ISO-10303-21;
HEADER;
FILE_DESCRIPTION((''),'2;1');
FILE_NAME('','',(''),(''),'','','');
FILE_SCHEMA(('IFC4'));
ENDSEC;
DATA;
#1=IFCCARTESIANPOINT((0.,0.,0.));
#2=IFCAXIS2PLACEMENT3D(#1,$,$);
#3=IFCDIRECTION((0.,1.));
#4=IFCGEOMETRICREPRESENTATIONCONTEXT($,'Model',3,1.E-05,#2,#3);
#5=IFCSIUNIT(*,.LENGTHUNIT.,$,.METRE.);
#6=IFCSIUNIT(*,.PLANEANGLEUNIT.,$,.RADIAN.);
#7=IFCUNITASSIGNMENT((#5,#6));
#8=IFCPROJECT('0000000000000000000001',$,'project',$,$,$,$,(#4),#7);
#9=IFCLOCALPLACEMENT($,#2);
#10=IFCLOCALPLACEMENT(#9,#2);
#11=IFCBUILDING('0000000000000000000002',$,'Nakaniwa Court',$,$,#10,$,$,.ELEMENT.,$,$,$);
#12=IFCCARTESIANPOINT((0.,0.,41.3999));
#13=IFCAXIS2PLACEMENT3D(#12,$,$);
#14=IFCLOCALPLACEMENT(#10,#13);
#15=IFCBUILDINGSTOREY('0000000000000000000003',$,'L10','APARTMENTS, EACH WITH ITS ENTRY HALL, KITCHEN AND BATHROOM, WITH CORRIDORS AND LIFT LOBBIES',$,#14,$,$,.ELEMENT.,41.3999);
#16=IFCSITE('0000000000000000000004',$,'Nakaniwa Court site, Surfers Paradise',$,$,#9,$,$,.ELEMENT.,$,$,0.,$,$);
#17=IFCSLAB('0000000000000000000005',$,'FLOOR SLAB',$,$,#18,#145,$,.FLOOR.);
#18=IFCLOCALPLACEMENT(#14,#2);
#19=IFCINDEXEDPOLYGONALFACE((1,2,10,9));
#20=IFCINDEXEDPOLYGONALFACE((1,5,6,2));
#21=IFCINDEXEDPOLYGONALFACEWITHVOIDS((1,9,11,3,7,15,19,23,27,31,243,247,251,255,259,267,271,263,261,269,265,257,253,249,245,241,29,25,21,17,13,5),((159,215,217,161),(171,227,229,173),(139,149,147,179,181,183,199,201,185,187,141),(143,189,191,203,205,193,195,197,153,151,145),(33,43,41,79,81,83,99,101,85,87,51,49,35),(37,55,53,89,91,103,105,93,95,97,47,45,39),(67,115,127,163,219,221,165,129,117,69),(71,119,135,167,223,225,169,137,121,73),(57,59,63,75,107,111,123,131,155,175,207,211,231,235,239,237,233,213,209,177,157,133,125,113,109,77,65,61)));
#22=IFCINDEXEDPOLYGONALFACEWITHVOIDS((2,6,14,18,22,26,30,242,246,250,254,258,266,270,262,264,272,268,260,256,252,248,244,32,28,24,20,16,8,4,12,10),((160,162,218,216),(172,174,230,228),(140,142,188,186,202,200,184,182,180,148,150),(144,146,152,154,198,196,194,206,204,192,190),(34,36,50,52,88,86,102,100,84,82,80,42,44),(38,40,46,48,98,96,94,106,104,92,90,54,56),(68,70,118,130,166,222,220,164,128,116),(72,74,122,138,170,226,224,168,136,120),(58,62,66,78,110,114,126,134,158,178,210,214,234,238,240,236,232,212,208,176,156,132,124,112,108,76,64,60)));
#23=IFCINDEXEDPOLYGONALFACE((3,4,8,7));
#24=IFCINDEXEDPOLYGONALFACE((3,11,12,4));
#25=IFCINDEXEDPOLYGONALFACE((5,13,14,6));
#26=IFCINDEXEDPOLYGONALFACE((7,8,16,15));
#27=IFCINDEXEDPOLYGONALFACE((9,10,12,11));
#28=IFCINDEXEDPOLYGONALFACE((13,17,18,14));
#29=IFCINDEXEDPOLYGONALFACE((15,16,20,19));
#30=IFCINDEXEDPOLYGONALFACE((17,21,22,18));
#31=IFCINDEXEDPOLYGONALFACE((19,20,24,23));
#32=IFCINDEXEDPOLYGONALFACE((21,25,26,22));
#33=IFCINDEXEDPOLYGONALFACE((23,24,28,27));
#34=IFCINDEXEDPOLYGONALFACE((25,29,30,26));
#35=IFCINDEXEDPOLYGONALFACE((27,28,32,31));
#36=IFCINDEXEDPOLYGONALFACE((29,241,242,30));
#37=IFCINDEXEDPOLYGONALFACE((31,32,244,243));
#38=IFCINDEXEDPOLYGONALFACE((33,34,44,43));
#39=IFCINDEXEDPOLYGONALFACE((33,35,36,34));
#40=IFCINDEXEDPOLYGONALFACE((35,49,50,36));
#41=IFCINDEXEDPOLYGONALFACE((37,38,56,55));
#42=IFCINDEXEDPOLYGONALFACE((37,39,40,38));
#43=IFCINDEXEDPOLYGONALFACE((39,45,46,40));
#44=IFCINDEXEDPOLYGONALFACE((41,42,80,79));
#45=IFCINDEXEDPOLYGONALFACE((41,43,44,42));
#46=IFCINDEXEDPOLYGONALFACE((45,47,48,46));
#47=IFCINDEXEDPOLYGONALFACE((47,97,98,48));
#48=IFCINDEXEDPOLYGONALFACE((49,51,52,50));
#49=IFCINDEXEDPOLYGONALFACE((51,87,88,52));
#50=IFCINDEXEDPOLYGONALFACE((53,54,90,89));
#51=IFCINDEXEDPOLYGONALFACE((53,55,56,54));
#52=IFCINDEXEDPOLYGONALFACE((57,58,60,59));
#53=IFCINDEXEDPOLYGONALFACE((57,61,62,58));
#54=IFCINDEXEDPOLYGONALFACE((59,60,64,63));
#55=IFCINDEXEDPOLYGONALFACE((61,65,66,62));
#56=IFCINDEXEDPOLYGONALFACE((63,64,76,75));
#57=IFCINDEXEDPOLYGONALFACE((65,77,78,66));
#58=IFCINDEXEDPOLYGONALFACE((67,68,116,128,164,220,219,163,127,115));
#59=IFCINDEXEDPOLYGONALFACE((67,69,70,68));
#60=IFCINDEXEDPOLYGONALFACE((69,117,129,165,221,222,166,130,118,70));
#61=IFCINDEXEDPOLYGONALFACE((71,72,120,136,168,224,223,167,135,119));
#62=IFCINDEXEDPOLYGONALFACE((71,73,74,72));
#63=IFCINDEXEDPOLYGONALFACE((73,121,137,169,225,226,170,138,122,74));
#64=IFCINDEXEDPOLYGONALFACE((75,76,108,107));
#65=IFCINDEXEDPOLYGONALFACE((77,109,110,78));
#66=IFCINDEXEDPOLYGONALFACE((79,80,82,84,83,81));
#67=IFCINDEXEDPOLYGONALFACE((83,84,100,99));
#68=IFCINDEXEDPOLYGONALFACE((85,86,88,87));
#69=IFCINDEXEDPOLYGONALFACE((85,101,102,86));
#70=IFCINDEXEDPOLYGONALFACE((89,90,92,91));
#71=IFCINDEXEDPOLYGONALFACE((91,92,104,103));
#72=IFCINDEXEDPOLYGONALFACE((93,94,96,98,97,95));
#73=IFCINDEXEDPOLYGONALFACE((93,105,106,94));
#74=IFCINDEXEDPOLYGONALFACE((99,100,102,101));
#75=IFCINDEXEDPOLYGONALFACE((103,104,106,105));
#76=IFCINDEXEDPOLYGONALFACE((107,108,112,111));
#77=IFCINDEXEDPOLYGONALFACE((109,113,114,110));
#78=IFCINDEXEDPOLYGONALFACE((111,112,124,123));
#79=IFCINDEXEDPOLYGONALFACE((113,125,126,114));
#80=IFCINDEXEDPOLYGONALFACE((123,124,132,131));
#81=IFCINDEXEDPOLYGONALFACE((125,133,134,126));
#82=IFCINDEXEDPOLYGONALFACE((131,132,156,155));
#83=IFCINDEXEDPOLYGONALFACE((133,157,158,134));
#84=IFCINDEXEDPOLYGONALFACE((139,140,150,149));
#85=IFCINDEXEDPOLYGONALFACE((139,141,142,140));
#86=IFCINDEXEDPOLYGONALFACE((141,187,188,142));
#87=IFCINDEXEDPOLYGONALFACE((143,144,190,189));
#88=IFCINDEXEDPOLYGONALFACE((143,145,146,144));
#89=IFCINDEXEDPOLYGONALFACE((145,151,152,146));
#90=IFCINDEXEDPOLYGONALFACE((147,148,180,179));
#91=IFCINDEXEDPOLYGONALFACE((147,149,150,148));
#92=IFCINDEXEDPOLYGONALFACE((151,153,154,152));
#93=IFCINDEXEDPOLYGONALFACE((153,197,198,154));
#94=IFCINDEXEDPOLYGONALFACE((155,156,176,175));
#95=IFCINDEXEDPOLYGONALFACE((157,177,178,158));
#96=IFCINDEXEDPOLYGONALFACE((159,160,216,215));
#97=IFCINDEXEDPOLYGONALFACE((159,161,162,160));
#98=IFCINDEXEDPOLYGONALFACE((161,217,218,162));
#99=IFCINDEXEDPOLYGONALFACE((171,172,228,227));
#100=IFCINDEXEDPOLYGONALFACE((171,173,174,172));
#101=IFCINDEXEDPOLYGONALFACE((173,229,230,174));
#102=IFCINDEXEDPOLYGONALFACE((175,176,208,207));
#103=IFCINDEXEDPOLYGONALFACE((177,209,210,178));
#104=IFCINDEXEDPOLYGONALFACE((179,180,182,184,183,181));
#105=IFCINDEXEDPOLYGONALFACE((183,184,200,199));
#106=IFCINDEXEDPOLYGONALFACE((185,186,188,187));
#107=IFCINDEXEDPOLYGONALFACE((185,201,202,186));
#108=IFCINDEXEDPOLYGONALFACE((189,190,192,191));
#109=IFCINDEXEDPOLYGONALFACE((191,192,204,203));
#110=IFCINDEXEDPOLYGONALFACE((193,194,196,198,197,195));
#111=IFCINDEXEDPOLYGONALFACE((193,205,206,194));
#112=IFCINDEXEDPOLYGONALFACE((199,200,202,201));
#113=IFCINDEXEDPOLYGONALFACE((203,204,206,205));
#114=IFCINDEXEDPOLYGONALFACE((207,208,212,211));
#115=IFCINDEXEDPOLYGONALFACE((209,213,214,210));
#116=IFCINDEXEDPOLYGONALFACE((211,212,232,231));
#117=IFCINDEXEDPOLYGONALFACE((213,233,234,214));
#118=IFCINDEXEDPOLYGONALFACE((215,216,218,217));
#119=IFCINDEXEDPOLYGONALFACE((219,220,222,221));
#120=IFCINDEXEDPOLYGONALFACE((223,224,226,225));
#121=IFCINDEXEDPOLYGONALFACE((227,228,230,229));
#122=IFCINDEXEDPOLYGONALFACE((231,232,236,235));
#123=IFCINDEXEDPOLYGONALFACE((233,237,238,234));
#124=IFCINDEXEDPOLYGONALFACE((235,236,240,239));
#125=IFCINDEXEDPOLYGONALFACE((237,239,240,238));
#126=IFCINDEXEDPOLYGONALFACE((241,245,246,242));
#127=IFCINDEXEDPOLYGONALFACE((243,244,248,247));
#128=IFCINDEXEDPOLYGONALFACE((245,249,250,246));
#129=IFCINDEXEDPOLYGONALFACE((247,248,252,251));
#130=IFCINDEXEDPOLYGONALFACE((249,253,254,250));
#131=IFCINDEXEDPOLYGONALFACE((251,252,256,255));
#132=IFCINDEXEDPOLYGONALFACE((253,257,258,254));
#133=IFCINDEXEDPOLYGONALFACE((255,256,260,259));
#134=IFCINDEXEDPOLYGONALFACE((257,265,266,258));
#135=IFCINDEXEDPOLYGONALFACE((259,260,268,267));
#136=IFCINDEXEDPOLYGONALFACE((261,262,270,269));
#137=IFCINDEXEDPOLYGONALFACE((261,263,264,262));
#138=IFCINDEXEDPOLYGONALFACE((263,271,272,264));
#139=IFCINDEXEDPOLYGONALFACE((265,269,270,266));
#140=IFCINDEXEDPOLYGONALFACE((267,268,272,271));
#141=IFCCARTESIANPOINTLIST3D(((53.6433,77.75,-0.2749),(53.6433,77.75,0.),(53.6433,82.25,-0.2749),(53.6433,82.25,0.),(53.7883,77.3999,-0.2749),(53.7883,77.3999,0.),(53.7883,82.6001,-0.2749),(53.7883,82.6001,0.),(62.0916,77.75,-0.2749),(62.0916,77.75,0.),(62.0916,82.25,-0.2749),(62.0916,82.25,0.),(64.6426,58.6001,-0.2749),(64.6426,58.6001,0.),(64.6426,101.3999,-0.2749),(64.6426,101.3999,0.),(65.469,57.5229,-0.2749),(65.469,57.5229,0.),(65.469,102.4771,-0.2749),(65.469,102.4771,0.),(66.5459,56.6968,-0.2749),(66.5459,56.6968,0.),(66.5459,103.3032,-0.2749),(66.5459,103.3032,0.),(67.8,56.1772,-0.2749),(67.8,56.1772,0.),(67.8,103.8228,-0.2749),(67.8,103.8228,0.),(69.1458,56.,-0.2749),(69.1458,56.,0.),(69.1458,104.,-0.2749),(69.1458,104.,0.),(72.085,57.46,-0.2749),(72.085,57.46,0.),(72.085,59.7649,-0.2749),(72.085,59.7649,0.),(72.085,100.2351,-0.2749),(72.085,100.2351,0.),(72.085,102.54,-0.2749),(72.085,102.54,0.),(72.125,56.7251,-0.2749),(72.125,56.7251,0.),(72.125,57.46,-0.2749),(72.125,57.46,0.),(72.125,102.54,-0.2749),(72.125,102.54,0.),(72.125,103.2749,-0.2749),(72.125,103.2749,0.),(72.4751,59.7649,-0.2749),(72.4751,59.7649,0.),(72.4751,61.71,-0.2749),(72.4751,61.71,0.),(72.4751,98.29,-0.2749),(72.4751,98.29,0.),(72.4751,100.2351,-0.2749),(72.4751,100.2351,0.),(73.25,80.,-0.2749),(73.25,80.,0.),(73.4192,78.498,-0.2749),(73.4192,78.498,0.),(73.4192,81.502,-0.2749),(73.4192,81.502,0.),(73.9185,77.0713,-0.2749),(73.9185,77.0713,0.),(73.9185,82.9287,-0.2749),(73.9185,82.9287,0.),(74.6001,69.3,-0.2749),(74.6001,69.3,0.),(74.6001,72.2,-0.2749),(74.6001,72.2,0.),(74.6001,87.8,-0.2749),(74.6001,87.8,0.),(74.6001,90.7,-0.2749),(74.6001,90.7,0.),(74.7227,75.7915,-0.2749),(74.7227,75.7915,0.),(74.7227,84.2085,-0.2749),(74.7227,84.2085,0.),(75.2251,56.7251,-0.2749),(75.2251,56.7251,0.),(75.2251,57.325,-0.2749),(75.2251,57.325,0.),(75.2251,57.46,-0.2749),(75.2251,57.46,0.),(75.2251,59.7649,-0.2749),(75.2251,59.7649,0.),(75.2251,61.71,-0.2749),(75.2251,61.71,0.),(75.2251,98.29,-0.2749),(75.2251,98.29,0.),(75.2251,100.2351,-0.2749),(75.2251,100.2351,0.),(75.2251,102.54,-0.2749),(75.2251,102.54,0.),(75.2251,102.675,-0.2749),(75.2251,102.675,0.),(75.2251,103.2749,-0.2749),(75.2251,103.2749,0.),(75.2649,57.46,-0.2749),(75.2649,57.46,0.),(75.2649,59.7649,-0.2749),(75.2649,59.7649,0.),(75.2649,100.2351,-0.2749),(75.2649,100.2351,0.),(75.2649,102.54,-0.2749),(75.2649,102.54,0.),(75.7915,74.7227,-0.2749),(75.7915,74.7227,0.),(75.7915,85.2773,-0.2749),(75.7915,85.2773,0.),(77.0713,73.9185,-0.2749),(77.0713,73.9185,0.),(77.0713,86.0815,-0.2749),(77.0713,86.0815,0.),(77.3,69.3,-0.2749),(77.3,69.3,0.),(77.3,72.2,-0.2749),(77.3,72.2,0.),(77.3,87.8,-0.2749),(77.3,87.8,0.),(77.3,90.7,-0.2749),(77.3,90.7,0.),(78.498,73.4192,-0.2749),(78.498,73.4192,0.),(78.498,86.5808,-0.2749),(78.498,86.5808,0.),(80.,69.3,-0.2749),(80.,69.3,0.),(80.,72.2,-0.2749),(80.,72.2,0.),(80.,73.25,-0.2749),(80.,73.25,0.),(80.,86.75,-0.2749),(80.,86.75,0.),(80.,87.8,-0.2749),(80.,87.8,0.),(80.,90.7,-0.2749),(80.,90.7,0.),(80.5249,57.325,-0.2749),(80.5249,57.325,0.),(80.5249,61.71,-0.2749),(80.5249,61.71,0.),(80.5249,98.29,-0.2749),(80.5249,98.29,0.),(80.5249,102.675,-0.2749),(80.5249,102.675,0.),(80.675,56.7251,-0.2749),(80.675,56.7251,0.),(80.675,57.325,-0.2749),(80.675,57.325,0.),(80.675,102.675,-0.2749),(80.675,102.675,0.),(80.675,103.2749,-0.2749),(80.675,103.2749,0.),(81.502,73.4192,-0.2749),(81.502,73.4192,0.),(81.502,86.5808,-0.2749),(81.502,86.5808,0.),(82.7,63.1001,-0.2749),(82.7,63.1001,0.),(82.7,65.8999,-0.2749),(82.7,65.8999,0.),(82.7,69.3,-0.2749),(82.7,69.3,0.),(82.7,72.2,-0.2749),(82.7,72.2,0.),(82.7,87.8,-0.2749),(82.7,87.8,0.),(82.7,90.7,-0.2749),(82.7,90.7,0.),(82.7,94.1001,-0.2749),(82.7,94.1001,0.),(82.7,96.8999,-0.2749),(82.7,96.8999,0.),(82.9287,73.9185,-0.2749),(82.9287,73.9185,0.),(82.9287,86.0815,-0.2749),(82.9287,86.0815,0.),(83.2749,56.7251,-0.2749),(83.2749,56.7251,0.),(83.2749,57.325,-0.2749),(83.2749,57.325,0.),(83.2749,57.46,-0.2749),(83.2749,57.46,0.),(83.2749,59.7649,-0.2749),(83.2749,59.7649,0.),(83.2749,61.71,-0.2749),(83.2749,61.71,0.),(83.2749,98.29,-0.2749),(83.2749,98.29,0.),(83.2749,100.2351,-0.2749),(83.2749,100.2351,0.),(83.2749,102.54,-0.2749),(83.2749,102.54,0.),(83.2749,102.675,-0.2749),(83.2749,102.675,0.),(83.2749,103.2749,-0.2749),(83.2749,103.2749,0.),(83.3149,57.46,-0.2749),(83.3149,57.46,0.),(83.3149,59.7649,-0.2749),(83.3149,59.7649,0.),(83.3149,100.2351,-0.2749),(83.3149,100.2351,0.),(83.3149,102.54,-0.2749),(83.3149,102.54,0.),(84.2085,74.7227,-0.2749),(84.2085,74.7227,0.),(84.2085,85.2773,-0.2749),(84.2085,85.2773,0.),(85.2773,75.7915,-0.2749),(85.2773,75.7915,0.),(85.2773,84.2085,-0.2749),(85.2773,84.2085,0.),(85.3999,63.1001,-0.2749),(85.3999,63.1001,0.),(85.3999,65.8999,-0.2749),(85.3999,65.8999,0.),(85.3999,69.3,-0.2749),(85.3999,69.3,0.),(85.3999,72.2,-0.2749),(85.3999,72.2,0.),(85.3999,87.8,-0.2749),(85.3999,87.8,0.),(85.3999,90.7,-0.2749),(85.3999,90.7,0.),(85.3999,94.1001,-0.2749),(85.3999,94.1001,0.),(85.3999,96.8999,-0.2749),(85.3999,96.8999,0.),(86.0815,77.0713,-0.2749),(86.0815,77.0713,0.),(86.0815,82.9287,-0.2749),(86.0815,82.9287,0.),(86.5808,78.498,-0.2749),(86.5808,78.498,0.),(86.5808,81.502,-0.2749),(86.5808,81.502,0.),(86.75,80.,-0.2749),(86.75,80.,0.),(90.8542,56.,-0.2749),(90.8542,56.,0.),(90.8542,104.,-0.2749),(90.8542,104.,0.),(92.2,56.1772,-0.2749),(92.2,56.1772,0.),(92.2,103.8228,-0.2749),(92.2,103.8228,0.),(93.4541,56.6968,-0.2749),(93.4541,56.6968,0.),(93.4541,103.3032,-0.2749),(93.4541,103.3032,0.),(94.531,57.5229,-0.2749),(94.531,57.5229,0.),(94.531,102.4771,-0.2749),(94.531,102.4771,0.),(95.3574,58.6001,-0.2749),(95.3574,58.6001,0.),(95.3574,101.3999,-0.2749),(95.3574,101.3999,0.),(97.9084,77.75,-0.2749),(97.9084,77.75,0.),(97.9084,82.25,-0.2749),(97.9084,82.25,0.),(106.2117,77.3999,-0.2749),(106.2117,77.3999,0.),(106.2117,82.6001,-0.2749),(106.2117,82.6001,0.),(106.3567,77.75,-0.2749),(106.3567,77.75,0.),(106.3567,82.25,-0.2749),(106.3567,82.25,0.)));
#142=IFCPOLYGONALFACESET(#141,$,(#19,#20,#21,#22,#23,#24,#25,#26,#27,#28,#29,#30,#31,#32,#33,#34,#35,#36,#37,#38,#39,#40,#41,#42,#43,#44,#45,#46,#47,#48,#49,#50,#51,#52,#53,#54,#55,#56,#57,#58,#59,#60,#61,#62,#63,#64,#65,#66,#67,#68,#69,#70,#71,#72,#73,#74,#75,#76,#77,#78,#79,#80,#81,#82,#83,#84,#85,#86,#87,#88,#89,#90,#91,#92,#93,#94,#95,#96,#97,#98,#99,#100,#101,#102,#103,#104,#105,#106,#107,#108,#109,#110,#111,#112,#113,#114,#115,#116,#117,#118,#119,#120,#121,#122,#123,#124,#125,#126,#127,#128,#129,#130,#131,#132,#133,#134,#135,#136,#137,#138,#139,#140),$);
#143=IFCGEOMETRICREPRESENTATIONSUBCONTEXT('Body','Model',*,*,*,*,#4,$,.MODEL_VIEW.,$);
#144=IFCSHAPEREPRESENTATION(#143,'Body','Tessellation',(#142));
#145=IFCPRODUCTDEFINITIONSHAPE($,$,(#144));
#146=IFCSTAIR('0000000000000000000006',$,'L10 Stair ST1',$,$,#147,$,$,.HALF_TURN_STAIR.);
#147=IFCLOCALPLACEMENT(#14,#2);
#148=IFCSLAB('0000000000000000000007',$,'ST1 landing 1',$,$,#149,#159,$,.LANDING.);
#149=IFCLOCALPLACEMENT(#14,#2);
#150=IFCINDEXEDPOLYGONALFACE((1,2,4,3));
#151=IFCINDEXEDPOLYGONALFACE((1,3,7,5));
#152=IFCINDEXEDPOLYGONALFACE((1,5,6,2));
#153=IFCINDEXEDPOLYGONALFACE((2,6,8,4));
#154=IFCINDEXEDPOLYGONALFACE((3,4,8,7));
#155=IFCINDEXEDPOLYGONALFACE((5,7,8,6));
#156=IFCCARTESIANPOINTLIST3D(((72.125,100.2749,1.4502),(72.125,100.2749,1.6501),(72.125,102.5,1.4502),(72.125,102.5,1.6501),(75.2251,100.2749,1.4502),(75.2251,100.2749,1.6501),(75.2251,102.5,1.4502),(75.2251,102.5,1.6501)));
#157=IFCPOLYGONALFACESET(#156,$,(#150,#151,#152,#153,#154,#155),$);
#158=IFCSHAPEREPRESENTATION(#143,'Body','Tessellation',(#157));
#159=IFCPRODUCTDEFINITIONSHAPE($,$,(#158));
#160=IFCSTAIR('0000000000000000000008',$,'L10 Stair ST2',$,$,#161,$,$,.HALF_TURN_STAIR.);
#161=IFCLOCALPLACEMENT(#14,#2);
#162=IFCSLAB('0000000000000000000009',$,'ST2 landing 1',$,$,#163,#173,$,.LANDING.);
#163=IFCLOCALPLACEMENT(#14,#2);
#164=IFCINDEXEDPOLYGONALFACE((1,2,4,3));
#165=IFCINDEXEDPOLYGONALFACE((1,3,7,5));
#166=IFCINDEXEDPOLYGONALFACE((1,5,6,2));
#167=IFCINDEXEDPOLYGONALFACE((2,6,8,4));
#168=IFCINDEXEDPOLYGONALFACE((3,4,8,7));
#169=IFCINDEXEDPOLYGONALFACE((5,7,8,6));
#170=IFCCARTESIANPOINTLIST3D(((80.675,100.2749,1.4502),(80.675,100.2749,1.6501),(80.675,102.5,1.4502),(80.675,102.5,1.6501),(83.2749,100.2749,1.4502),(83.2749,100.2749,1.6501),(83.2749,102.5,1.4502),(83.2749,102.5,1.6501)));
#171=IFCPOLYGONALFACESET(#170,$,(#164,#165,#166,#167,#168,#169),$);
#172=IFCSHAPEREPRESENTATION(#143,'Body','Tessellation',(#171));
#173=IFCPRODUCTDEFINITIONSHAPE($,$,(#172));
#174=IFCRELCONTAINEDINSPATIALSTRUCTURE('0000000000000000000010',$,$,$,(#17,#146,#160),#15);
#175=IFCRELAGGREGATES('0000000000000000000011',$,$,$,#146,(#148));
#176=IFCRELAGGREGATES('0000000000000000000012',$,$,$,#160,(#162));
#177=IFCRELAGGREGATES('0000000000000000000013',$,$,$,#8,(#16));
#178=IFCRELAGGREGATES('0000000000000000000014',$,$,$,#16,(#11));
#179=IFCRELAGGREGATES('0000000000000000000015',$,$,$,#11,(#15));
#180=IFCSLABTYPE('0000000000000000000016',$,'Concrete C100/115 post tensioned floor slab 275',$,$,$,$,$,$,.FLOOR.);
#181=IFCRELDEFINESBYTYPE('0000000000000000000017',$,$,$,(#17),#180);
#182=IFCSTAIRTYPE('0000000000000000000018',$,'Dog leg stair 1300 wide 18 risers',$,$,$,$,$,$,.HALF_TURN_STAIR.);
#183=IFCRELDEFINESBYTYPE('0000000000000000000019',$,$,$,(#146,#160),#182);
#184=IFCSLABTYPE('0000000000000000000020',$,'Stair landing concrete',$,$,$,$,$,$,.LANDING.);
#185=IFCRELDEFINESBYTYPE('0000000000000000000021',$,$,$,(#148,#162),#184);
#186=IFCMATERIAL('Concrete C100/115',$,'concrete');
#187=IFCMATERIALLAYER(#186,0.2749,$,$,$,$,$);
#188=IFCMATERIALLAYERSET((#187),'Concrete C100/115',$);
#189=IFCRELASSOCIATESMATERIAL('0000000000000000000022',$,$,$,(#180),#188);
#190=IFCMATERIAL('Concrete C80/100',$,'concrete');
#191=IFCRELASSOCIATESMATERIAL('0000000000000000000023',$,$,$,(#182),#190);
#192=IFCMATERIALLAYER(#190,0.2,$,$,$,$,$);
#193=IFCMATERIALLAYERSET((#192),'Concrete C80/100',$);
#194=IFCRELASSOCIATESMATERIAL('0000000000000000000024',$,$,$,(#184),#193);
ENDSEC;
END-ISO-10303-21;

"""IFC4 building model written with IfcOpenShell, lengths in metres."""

from ifc_helpers import new_model, si_unit, direction, frame, origin, place, context, subcontext, project, spatial, polyline, outline, extrude, material, layer, layer_set, type_object, element, aggregate, save


model = new_model("IFC4")

# Units and contexts
model_context = context("Model", 3, precision=1e-05, world=origin(), true_north=direction((0.0, 1.0)))
body_context = subcontext(model_context, "Body", "Model", "MODEL_VIEW")
ifc_project = project(units=[si_unit("LENGTHUNIT", "METRE"), si_unit("PLANEANGLEUNIT", "RADIAN")], contexts=[model_context])

# Site, building, storey
site_placement = place(None, origin())
site = spatial("IfcSite", under=ifc_project, at=site_placement, Name="Nakaniwa Court site, Surfers Paradise", CompositionType="ELEMENT", RefElevation=0.0)
building_placement = place(site_placement, origin())
building = spatial("IfcBuilding", under=site, at=building_placement, Name="Nakaniwa Court", CompositionType="ELEMENT")
storey_placement = place(building_placement, frame((0.0, 0.0, 41.3999)))
storey = spatial("IfcBuildingStorey", under=building, at=storey_placement, Name="L10", Description="APARTMENTS, EACH WITH ITS ENTRY HALL, KITCHEN AND BATHROOM, WITH CORRIDORS AND LIFT LOBBIES", CompositionType="ELEMENT", Elevation=41.3999)

# Shared definitions
ifc_material_1 = material(Name="Concrete C100/115", Category="concrete")

# Slab
ifc_layer_1 = layer(ifc_material_1, 0.2749)
ifc_layer_set_1 = layer_set([ifc_layer_1], Name="Concrete C100/115")
slab_type_1 = type_object("IfcSlabType", Name="Concrete C100/115 post tensioned floor slab 275", PredefinedType="FLOOR", material=ifc_layer_set_1)
slab_1_placement = place(storey_placement, frame((0.0, 0.0, -0.2749)))
element("IfcSlab", 1, at=slab_1_placement, inside=storey, type_object=slab_type_1, Name="FLOOR SLAB", PredefinedType="FLOOR", context=body_context, shape_type="SweptSolid", body=[
    extrude(outline(polyline([(97.9084, 82.25), (106.3567, 82.25), (106.2117, 82.6001), (95.3574, 101.3999), (94.531, 102.4771), (93.4541, 103.3032), (92.2, 103.8228), (90.8542, 104.0), (69.1458, 104.0), (67.8, 103.8228), (66.5459, 103.3032), (65.469, 102.4771), (64.6426, 101.3999), (53.7883, 82.6001), (53.6433, 82.25), (62.0916, 82.25), (62.0916, 77.75), (53.6433, 77.75), (53.7883, 77.3999), (64.6426, 58.6001), (65.469, 57.5229), (66.5459, 56.6968), (67.8, 56.1772), (69.1458, 56.0), (90.8542, 56.0), (92.2, 56.1772), (93.4541, 56.6968), (94.531, 57.5229), (95.3574, 58.6001), (106.2117, 77.3999), (106.3567, 77.75), (97.9084, 77.75), (97.9084, 82.25)]), holes=[polyline([(81.502, 86.5808), (80.0, 86.75), (78.498, 86.5808), (77.0713, 86.0815), (75.7915, 85.2773), (74.7227, 84.2085), (73.9185, 82.9287), (73.4192, 81.502), (73.25, 80.0), (73.4192, 78.498), (73.9185, 77.0713), (74.7227, 75.7915), (75.7915, 74.7227), (77.0713, 73.9185), (78.498, 73.4192), (80.0, 73.25), (81.502, 73.4192), (82.9287, 73.9185), (84.2085, 74.7227), (85.2773, 75.7915), (86.0815, 77.0713), (86.5808, 78.498), (86.75, 80.0), (86.5808, 81.502), (86.0815, 82.9287), (85.2773, 84.2085), (84.2085, 85.2773), (82.9287, 86.0815), (81.502, 86.5808)]), polyline([(75.2649, 57.46), (75.2649, 59.7649), (75.2251, 59.7649), (75.2251, 61.71), (72.4751, 61.71), (72.4751, 59.7649), (72.085, 59.7649), (72.085, 57.46), (72.125, 57.46), (72.125, 56.7251), (75.2251, 56.7251), (75.2251, 57.325), (75.2251, 57.46), (75.2649, 57.46)]), polyline([(80.0, 69.3), (82.7, 69.3), (85.3999, 69.3), (85.3999, 72.2), (82.7, 72.2), (80.0, 72.2), (77.3, 72.2), (74.6001, 72.2), (74.6001, 69.3), (77.3, 69.3), (80.0, 69.3)]), polyline([(80.0, 87.8), (82.7, 87.8), (85.3999, 87.8), (85.3999, 90.7), (82.7, 90.7), (80.0, 90.7), (77.3, 90.7), (74.6001, 90.7), (74.6001, 87.8), (77.3, 87.8), (80.0, 87.8)]), polyline([(75.2649, 100.2351), (75.2649, 102.54), (75.2251, 102.54), (75.2251, 102.675), (75.2251, 103.2749), (72.125, 103.2749), (72.125, 102.54), (72.085, 102.54), (72.085, 100.2351), (72.4751, 100.2351), (72.4751, 98.29), (75.2251, 98.29), (75.2251, 100.2351), (75.2649, 100.2351)]), polyline([(83.2749, 61.71), (80.5249, 61.71), (80.5249, 57.325), (80.675, 57.325), (80.675, 56.7251), (83.2749, 56.7251), (83.2749, 57.325), (83.2749, 57.46), (83.3149, 57.46), (83.3149, 59.7649), (83.2749, 59.7649), (83.2749, 61.71)]), polyline([(85.3999, 65.8999), (82.7, 65.8999), (82.7, 63.1001), (85.3999, 63.1001), (85.3999, 65.8999)]), polyline([(85.3999, 96.8999), (82.7, 96.8999), (82.7, 94.1001), (85.3999, 94.1001), (85.3999, 96.8999)]), polyline([(83.2749, 100.2351), (83.3149, 100.2351), (83.3149, 102.54), (83.2749, 102.54), (83.2749, 102.675), (83.2749, 103.2749), (80.675, 103.2749), (80.675, 102.675), (80.5249, 102.675), (80.5249, 98.29), (83.2749, 98.29), (83.2749, 100.2351)])]), origin(), (0.0, 0.0, 1.0), 0.2749),
])

# Stairs, slabs
ifc_material_2 = material(Name="Concrete C80/100", Category="concrete")
stair_type = type_object("IfcStairType", Name="Dog leg stair 1300 wide 18 risers", PredefinedType="HALF_TURN_STAIR", material=ifc_material_2)
stair_1_placement = place(storey_placement, origin())
stair_1 = element("IfcStair", 2, at=stair_1_placement, inside=storey, type_object=stair_type, Name="L10 Stair ST1", PredefinedType="HALF_TURN_STAIR")
ifc_layer_2 = layer(ifc_material_2, 0.2)
ifc_layer_set_2 = layer_set([ifc_layer_2], Name="Concrete C80/100")
slab_type_2 = type_object("IfcSlabType", Name="Stair landing concrete", PredefinedType="LANDING", material=ifc_layer_set_2)
slab_2_placement = place(storey_placement, frame((0.0, 0.0, 1.4502)))
slab_2 = element("IfcSlab", 3, at=slab_2_placement, type_object=slab_type_2, Name="ST1 landing 1", PredefinedType="LANDING", context=body_context, shape_type="SweptSolid", body=[
    extrude(outline(polyline([(75.2251, 100.2749), (75.2251, 102.5), (72.125, 102.5), (72.125, 100.2749), (75.2251, 100.2749)])), origin(), (0.0, 0.0, 1.0), 0.2),
])
aggregate(stair_1, [slab_2])
stair_2_placement = place(storey_placement, origin())
stair_2 = element("IfcStair", 4, at=stair_2_placement, inside=storey, type_object=stair_type, Name="L10 Stair ST2", PredefinedType="HALF_TURN_STAIR")
slab_3_placement = place(storey_placement, frame((0.0, 0.0, 1.4502)))
slab_3 = element("IfcSlab", 5, at=slab_3_placement, type_object=slab_type_2, Name="ST2 landing 1", PredefinedType="LANDING", context=body_context, shape_type="SweptSolid", body=[
    extrude(outline(polyline([(83.2749, 100.2749), (83.2749, 102.5), (80.675, 102.5), (80.675, 100.2749), (83.2749, 100.2749)])), origin(), (0.0, 0.0, 1.0), 0.2),
])
aggregate(stair_2, [slab_3])

save(model, "model.ifc")
